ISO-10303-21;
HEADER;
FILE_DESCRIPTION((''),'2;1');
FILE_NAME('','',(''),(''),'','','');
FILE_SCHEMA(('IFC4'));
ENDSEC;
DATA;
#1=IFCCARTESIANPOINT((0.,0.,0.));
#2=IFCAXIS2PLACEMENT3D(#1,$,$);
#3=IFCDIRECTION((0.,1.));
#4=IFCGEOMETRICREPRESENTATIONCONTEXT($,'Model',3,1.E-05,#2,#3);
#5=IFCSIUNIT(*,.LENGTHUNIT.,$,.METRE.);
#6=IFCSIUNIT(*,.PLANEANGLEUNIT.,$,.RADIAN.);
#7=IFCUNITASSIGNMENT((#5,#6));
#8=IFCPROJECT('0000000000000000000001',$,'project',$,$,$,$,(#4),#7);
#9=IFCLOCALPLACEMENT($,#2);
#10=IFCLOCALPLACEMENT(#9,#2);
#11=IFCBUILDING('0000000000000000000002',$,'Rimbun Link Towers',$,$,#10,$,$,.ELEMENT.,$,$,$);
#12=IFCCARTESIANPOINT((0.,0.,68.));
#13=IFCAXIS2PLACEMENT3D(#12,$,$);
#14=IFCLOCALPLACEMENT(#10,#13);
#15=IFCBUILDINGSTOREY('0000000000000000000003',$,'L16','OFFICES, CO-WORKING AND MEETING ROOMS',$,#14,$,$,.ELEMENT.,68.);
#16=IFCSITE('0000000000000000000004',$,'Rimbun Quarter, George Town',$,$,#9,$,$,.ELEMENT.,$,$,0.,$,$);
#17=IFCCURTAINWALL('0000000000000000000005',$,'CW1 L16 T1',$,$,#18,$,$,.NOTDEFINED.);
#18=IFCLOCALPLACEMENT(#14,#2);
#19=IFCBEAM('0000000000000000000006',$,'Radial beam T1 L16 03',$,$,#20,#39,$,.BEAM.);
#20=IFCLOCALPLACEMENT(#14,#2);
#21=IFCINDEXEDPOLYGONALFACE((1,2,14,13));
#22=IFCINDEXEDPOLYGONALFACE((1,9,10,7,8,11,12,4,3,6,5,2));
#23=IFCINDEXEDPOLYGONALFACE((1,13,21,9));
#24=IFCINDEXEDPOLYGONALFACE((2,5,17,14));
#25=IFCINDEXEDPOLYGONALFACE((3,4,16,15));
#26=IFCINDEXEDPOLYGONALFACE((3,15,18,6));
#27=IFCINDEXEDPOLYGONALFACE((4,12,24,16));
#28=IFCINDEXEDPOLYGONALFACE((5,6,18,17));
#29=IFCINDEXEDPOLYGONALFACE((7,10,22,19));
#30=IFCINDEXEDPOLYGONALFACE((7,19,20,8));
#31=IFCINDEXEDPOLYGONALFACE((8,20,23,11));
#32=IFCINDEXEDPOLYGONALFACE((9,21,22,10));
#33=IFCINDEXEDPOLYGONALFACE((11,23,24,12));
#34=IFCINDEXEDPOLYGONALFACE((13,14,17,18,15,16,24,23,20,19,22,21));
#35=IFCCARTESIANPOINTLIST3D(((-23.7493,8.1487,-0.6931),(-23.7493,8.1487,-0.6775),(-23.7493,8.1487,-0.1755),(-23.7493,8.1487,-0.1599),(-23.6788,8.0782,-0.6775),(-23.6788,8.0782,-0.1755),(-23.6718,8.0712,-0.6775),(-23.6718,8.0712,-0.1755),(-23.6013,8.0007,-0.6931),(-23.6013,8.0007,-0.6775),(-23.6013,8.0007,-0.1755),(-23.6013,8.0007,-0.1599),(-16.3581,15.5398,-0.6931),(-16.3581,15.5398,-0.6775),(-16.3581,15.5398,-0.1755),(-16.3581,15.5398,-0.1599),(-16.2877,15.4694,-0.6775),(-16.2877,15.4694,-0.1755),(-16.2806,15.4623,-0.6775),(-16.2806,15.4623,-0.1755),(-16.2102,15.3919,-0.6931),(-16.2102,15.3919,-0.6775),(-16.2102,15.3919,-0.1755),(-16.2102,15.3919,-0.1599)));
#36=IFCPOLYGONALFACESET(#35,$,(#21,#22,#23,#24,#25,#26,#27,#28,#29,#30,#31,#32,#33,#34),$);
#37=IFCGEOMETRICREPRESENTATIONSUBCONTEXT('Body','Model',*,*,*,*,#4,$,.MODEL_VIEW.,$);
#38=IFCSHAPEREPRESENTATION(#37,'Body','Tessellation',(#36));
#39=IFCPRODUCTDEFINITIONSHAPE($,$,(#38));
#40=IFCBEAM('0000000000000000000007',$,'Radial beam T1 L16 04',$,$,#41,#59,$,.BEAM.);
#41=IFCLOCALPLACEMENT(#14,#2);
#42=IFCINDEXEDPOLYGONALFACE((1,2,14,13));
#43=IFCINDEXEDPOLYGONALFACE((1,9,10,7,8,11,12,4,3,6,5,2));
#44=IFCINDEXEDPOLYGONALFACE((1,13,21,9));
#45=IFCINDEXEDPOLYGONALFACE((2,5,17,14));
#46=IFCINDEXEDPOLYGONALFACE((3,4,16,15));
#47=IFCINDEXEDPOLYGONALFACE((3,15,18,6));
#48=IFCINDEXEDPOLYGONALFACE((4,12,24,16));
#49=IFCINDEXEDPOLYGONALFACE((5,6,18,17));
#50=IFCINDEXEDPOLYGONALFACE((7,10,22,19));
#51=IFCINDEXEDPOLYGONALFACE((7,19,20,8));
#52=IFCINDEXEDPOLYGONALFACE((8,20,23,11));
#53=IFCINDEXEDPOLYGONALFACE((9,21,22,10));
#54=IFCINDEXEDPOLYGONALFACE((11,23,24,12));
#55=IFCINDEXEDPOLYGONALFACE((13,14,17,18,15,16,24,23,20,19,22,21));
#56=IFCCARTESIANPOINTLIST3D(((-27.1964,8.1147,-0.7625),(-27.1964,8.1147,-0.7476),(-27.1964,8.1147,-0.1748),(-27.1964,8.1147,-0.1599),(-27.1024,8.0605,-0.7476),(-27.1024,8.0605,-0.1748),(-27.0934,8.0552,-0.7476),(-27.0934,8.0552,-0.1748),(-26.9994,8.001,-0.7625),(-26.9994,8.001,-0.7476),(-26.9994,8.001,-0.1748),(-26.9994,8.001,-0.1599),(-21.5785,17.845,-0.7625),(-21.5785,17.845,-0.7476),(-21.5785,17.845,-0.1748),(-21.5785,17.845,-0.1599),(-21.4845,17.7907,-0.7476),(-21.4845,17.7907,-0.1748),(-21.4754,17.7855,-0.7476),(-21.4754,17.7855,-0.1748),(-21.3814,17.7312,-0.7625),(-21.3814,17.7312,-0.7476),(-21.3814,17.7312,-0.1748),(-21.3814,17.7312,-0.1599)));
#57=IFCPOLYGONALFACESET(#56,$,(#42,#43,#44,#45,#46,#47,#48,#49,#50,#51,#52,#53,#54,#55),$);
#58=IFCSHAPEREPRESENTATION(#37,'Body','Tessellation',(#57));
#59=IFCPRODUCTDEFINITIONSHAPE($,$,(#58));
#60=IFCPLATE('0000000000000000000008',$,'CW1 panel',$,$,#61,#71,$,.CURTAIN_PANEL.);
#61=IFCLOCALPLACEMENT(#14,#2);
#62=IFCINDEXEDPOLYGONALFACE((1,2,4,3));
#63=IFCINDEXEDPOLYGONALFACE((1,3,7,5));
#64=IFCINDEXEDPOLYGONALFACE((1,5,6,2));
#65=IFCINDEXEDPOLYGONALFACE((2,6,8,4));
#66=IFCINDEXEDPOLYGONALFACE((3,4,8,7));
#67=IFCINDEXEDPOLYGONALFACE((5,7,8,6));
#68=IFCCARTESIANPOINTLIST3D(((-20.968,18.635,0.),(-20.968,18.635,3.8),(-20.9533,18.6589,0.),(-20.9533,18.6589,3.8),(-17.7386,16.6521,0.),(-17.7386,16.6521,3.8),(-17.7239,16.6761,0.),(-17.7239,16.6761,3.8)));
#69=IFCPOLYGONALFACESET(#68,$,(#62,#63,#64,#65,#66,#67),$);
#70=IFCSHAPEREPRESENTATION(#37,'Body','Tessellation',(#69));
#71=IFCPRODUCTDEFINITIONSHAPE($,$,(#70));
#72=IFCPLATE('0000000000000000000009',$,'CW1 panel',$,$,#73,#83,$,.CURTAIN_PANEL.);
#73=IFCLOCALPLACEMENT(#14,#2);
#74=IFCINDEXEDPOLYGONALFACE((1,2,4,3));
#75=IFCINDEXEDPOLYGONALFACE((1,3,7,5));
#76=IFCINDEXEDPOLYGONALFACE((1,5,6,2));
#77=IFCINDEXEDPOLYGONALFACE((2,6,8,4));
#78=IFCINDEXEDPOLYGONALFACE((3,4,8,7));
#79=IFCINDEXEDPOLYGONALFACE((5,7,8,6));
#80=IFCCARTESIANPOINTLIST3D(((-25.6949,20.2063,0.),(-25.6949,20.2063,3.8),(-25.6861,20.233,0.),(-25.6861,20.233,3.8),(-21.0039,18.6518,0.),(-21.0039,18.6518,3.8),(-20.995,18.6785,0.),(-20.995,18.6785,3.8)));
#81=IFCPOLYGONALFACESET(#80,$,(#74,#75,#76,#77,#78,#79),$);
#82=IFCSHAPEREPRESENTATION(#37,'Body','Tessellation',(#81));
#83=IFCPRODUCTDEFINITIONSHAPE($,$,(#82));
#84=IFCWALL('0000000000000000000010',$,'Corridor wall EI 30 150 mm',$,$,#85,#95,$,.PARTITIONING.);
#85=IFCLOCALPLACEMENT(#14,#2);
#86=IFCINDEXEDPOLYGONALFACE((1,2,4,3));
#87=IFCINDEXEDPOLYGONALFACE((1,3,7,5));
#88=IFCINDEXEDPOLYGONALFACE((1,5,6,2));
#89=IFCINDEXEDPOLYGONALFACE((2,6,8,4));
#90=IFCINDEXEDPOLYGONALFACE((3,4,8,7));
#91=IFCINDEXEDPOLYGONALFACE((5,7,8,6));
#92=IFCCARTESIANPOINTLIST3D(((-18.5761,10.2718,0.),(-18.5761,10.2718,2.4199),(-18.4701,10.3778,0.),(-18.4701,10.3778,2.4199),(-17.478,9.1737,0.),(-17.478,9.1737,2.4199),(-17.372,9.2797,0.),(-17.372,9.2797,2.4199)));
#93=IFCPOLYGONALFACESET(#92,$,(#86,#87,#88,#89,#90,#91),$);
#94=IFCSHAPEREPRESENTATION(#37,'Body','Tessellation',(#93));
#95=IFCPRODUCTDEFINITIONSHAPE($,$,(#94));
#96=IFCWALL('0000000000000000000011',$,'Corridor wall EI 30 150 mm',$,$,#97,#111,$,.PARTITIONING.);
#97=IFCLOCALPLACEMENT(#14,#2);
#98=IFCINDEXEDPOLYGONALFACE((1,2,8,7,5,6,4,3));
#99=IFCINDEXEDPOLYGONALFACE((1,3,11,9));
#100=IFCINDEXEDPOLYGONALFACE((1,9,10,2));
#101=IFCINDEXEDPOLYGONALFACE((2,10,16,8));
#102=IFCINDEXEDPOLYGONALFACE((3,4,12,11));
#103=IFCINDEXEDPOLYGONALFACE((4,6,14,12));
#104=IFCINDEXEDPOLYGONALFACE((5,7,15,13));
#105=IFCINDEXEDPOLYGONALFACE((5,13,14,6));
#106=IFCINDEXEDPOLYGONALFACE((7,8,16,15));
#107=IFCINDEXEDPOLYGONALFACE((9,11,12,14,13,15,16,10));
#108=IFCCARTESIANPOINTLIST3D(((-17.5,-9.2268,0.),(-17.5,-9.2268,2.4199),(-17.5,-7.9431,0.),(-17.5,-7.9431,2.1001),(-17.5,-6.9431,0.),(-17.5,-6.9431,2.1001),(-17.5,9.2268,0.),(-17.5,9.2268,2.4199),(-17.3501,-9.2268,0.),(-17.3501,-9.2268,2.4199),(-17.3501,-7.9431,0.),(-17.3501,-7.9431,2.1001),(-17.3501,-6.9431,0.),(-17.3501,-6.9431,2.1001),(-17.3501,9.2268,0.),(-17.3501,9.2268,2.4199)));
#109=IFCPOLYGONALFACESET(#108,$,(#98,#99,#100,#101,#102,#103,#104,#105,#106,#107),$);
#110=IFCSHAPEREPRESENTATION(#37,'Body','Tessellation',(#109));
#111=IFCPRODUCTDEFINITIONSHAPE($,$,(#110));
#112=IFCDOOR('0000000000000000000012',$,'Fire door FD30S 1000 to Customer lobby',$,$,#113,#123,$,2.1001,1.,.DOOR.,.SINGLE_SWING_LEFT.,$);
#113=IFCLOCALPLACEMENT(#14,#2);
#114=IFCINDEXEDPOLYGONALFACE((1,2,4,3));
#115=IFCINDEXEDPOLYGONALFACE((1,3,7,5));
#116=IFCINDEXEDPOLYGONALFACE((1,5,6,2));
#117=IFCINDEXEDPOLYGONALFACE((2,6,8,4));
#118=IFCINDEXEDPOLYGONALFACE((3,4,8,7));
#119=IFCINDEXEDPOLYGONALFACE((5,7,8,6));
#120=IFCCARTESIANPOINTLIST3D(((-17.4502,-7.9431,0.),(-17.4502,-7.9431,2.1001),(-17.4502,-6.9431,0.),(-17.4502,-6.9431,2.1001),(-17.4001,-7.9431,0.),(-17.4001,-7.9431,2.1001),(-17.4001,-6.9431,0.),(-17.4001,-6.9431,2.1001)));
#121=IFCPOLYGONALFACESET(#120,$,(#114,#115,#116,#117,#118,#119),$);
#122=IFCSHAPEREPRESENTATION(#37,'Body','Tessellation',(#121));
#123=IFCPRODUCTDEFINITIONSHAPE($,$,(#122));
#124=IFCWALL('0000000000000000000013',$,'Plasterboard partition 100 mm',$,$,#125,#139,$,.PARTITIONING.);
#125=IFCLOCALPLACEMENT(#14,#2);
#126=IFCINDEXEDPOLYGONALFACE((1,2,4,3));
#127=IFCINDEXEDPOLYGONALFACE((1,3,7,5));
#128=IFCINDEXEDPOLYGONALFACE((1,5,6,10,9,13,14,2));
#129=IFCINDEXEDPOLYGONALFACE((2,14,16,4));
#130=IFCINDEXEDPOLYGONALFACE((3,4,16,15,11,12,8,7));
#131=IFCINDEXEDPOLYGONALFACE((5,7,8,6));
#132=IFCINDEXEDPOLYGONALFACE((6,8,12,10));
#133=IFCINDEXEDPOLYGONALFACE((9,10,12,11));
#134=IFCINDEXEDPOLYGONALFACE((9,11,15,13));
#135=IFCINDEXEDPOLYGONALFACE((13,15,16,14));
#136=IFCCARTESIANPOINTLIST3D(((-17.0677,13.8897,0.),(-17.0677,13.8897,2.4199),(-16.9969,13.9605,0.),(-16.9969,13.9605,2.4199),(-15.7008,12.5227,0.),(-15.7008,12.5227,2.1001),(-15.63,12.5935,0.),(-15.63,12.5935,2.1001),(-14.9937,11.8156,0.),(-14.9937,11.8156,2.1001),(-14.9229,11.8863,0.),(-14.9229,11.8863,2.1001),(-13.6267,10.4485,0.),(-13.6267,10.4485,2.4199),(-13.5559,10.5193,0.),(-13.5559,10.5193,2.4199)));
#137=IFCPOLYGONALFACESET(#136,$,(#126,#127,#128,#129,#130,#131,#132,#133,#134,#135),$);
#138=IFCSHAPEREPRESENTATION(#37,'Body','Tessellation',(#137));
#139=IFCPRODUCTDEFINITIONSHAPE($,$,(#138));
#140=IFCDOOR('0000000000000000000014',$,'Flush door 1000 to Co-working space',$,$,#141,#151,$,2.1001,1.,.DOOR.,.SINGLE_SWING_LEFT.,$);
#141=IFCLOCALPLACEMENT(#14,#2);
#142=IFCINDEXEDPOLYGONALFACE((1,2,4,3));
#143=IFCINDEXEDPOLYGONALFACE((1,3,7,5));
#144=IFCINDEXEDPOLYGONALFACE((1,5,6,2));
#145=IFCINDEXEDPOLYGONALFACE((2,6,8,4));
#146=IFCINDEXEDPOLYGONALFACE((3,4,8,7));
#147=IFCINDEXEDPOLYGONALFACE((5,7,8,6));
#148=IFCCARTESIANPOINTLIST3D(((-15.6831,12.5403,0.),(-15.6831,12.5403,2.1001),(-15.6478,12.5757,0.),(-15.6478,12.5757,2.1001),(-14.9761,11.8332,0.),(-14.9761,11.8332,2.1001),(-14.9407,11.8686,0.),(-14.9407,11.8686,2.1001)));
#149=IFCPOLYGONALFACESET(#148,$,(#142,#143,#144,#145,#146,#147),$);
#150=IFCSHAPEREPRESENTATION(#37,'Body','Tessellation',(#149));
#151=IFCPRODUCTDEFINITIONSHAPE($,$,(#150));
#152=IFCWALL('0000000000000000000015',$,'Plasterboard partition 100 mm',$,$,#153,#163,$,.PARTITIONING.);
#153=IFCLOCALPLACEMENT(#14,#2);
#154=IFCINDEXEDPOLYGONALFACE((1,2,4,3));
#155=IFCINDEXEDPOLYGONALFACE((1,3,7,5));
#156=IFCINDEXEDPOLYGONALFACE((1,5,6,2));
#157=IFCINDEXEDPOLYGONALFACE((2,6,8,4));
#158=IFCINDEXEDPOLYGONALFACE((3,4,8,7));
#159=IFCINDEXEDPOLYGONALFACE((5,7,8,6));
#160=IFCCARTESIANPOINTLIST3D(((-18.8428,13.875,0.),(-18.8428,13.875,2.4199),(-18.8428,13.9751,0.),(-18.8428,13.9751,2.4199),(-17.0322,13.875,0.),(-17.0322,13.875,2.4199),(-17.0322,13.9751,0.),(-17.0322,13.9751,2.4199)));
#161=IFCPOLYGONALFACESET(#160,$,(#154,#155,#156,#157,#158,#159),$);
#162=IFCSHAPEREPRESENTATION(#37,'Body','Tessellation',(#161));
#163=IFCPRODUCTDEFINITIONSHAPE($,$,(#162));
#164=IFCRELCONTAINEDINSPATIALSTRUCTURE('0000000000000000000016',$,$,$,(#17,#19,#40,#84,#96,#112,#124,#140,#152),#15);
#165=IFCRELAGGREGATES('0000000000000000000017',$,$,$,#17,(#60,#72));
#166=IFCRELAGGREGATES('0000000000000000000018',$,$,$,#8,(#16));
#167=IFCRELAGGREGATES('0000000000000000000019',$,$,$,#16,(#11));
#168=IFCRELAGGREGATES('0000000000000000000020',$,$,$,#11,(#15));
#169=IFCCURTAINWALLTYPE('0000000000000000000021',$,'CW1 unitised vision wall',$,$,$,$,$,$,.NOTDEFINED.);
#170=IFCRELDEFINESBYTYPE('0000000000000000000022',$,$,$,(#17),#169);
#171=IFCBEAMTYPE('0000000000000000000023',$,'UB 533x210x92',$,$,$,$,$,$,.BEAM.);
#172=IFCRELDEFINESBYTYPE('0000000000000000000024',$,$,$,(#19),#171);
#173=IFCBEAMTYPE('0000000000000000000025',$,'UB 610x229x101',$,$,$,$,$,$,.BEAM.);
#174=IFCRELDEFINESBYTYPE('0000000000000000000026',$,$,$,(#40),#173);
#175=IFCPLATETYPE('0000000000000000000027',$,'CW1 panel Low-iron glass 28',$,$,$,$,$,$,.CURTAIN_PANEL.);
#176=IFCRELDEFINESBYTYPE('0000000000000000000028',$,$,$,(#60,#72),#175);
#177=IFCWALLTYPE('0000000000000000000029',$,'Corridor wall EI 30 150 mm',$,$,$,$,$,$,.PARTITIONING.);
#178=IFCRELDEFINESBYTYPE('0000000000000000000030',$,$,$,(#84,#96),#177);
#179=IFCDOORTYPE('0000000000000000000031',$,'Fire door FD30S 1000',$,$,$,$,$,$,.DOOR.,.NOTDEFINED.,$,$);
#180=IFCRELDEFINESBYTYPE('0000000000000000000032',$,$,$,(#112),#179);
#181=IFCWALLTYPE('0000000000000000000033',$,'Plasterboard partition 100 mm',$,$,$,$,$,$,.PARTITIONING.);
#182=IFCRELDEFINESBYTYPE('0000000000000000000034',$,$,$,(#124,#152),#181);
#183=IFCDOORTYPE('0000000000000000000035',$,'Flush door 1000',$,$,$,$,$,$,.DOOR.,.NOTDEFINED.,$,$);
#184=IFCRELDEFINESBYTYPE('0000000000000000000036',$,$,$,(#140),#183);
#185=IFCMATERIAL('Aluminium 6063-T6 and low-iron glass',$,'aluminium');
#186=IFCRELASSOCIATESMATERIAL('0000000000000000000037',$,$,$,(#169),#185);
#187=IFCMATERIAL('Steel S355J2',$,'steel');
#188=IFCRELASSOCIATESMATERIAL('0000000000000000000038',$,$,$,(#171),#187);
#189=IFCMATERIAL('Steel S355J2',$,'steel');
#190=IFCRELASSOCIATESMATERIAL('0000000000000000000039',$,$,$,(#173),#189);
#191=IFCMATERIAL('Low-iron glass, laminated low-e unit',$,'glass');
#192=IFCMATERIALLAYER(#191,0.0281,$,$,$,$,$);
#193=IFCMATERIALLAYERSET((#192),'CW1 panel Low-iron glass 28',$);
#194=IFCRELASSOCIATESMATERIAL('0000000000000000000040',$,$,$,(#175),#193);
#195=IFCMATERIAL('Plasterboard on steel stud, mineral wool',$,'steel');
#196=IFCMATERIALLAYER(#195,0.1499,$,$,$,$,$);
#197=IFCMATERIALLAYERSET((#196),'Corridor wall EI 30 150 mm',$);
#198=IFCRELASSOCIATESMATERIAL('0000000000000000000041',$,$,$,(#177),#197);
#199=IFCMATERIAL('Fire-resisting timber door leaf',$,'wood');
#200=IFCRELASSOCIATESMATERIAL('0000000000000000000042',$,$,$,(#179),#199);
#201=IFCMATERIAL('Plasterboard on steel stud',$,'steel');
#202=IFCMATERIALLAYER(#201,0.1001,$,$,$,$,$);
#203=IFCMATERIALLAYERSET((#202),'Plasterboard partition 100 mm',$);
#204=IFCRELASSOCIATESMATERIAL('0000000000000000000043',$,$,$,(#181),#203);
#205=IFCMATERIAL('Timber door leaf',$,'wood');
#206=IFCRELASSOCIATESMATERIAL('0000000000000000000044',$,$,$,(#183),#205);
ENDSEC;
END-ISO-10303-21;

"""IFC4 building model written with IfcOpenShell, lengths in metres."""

from ifc_helpers import new_model, si_unit, direction, frame, frame_2d, origin, origin_2d, place, context, subcontext, project, spatial, rectangle, i_section, extrude, material, layer, layer_set, material_profile, profile_set, type_object, element, fill, aggregate, save


model = new_model("IFC4")

# Units and contexts
model_context = context("Model", 3, precision=1e-05, world=origin(), true_north=direction((0.0, 1.0)))
body_context = subcontext(model_context, "Body", "Model", "MODEL_VIEW")
ifc_project = project(units=[si_unit("LENGTHUNIT", "METRE"), si_unit("PLANEANGLEUNIT", "RADIAN")], contexts=[model_context])

# Site, building, storey
site_placement = place(None, origin())
site = spatial("IfcSite", under=ifc_project, at=site_placement, Name="Rimbun Quarter, George Town", CompositionType="ELEMENT", RefElevation=0.0)
building_placement = place(site_placement, origin())
building = spatial("IfcBuilding", under=site, at=building_placement, Name="Rimbun Link Towers", CompositionType="ELEMENT")
storey_placement = place(building_placement, frame((0.0, 0.0, 68.0)))
storey = spatial("IfcBuildingStorey", under=building, at=storey_placement, Name="L16", Description="OFFICES, CO-WORKING AND MEETING ROOMS", CompositionType="ELEMENT", Elevation=68.0)

# Curtain wall
ifc_material_1 = material(Name="Aluminium 6063-T6 and low-iron glass", Category="aluminium")
curtain_wall_type = type_object("IfcCurtainWallType", Name="CW1 unitised vision wall", PredefinedType="NOTDEFINED", material=ifc_material_1)
curtain_wall_placement = place(storey_placement, origin())
curtain_wall = element("IfcCurtainWall", 1, at=curtain_wall_placement, inside=storey, type_object=curtain_wall_type, Name="CW1 L16 T1", PredefinedType="NOTDEFINED")

# Beams
ifc_material_2 = material(Name="Steel S355J2", Category="steel")
ifc_material_profile_1 = material_profile(ifc_material_2, i_section(OverallWidth=0.2092, OverallDepth=0.5332, WebThickness=0.01, FlangeThickness=0.0156, at=origin_2d()), Name="UB 533x210x92")
ifc_profile_set_1 = profile_set([ifc_material_profile_1], Name="Steel S355J2")
beam_type_1 = type_object("IfcBeamType", Name="UB 533x210x92", PredefinedType="BEAM", material=ifc_profile_set_1)
beam_1_placement = place(storey_placement, frame((-23.6753, 8.0747, -0.4265), z_axis=(0.707107, 0.707107, 0.0), x_axis=(-0.707107, 0.707107, 0.0)))
element("IfcBeam", 2, at=beam_1_placement, inside=storey, type_object=beam_type_1, Name="Radial beam T1 L16 03", PredefinedType="BEAM", context=body_context, shape_type="SweptSolid", body=[
    extrude(i_section(OverallWidth=0.2092, OverallDepth=0.5332, WebThickness=0.01, FlangeThickness=0.0156, at=origin_2d()), origin(), (0.0, 0.0, 1.0), 10.4526),
])
ifc_material_3 = material(Name="Steel S355J2", Category="steel")
ifc_material_profile_2 = material_profile(ifc_material_3, i_section(OverallWidth=0.2275, OverallDepth=0.6025, WebThickness=0.0105, FlangeThickness=0.0149, at=origin_2d()), Name="UB 610x229x101")
ifc_profile_set_2 = profile_set([ifc_material_profile_2], Name="Steel S355J2")
beam_type_2 = type_object("IfcBeamType", Name="UB 610x229x101", PredefinedType="BEAM", material=ifc_profile_set_2)
beam_2_placement = place(storey_placement, frame((-27.0979, 8.0579, -0.4612), z_axis=(0.500011, 0.866019, 0.0), x_axis=(-0.866019, 0.500011, 0.0)))
element("IfcBeam", 3, at=beam_2_placement, inside=storey, type_object=beam_type_2, Name="Radial beam T1 L16 04", PredefinedType="BEAM", context=body_context, shape_type="SweptSolid", body=[
    extrude(i_section(OverallWidth=0.2275, OverallDepth=0.6025, WebThickness=0.0105, FlangeThickness=0.0149, at=origin_2d()), origin(), (0.0, 0.0, 1.0), 11.2356),
])

# Plates
ifc_material_4 = material(Name="Low-iron glass, laminated low-e unit", Category="glass")
ifc_layer_1 = layer(ifc_material_4, 0.0281)
ifc_layer_set_1 = layer_set([ifc_layer_1], Name="CW1 panel Low-iron glass 28")
plate_type = type_object("IfcPlateType", Name="CW1 panel Low-iron glass 28", PredefinedType="CURTAIN_PANEL", material=ifc_layer_set_1)
plate_1_placement = place(storey_placement, frame((-19.3459, 17.6555, 0.0), z_axis=(0.0, 0.0, 1.0), x_axis=(0.852186, -0.523239, 0.0)))
plate_1 = element("IfcPlate", 4, at=plate_1_placement, type_object=plate_type, Name="CW1 panel", PredefinedType="CURTAIN_PANEL", context=body_context, shape_type="SweptSolid", body=[
    extrude(rectangle(XDim=3.7896, YDim=0.0281, at=origin_2d()), origin(), (0.0, 0.0, 1.0), 3.8),
])
plate_2_placement = place(storey_placement, frame((-23.345, 19.4424, 0.0), z_axis=(0.0, 0.0, 1.0), x_axis=(0.949239, -0.314556, 0.0)))
plate_2 = element("IfcPlate", 5, at=plate_2_placement, type_object=plate_type, Name="CW1 panel", PredefinedType="CURTAIN_PANEL", context=body_context, shape_type="SweptSolid", body=[
    extrude(rectangle(XDim=4.9419, YDim=0.0281, at=origin_2d()), origin(), (0.0, 0.0, 1.0), 3.8),
])
aggregate(curtain_wall, [plate_1, plate_2])

# Wall
ifc_material_5 = material(Name="Plasterboard on steel stud, mineral wool", Category="steel")
ifc_layer_2 = layer(ifc_material_5, 0.1499)
ifc_layer_set_2 = layer_set([ifc_layer_2], Name="Corridor wall EI 30 150 mm")
wall_type_1 = type_object("IfcWallType", Name="Corridor wall EI 30 150 mm", PredefinedType="PARTITIONING", material=ifc_layer_set_2)
wall_1_placement = place(storey_placement, frame((-17.425, 9.2268, 0.0), z_axis=(0.0, 0.0, 1.0), x_axis=(-0.707107, 0.707107, 0.0)))
element("IfcWall", 6, at=wall_1_placement, inside=storey, type_object=wall_type_1, Name="Corridor wall EI 30 150 mm", PredefinedType="PARTITIONING", context=body_context, shape_type="SweptSolid", body=[
    extrude(rectangle(XDim=1.553, YDim=0.1499, at=frame_2d((0.7764, 0.0))), origin(), (0.0, 0.0, 1.0), 2.4199),
])

# Walls, openings, doors
wall_2_placement = place(storey_placement, frame((-17.425, 9.2268, 0.0), z_axis=(0.0, 0.0, 1.0), x_axis=(0.0, -1.0, 0.0)))
wall_2 = element("IfcWall", 7, at=wall_2_placement, inside=storey, type_object=wall_type_1, Name="Corridor wall EI 30 150 mm", PredefinedType="PARTITIONING", context=body_context, shape_type="SweptSolid", body=[
    extrude(rectangle(XDim=18.4536, YDim=0.1499, at=frame_2d((9.2268, 0.0))), origin(), (0.0, 0.0, 1.0), 2.4199),
])
opening_1_placement = place(wall_2_placement, frame((16.1699, 0.0, 0.0)))
opening_1 = element("IfcOpeningElement", 8, at=opening_1_placement, cuts=wall_2, PredefinedType="OPENING", context=body_context, shape_type="SweptSolid", body=[
    extrude(rectangle(XDim=1.0, YDim=2.1001, at=frame_2d((0.5, 1.05))), frame((0.0, 0.085, 0.0), z_axis=(0.0, -1.0, 0.0), x_axis=(1.0, 0.0, 0.0)), (0.0, 0.0, 1.0), 0.1699),
])
ifc_material_6 = material(Name="Fire-resisting timber door leaf", Category="wood")
door_type_1 = type_object("IfcDoorType", Name="Fire door FD30S 1000", OperationType="NOTDEFINED", PredefinedType="DOOR", material=ifc_material_6)
door_1_placement = place(opening_1_placement, origin())
door_1 = element("IfcDoor", 9, at=door_1_placement, inside=storey, type_object=door_type_1, Name="Fire door FD30S 1000 to Customer lobby", OperationType="SINGLE_SWING_LEFT", OverallHeight=2.1001, OverallWidth=1.0, PredefinedType="DOOR", context=body_context, shape_type="SweptSolid", body=[
    extrude(rectangle(XDim=1.0, YDim=2.1001, at=frame_2d((0.5, 1.05))), frame((0.0, 0.0249, 0.0), z_axis=(0.0, -1.0, 0.0), x_axis=(1.0, 0.0, 0.0)), (0.0, 0.0, 1.0), 0.05),
])
fill(opening_1, door_1)
ifc_material_7 = material(Name="Plasterboard on steel stud", Category="steel")
ifc_layer_3 = layer(ifc_material_7, 0.1001)
ifc_layer_set_3 = layer_set([ifc_layer_3], Name="Plasterboard partition 100 mm")
wall_type_2 = type_object("IfcWallType", Name="Plasterboard partition 100 mm", PredefinedType="PARTITIONING", material=ifc_layer_set_3)
wall_3_placement = place(storey_placement, frame((-17.0322, 13.925, 0.0), z_axis=(0.0, 0.0, 1.0), x_axis=(0.707082, -0.707132, 0.0)))
wall_3 = element("IfcWall", 10, at=wall_3_placement, inside=storey, type_object=wall_type_2, Name="Plasterboard partition 100 mm", PredefinedType="PARTITIONING", context=body_context, shape_type="SweptSolid", body=[
    extrude(rectangle(XDim=4.8665, YDim=0.1001, at=frame_2d((2.4331, 0.0))), origin(), (0.0, 0.0, 1.0), 2.4199),
])
opening_2_placement = place(wall_3_placement, frame((1.9331, 0.0, 0.0)))
opening_2 = element("IfcOpeningElement", 11, at=opening_2_placement, cuts=wall_3, PredefinedType="OPENING", context=body_context, shape_type="SweptSolid", body=[
    extrude(rectangle(XDim=1.0, YDim=2.1001, at=frame_2d((0.5, 1.05))), frame((0.0, 0.0601, 0.0), z_axis=(0.0, -1.0, 0.0), x_axis=(1.0, 0.0, 0.0)), (0.0, 0.0, 1.0), 0.1201),
])
ifc_material_8 = material(Name="Timber door leaf", Category="wood")
door_type_2 = type_object("IfcDoorType", Name="Flush door 1000", OperationType="NOTDEFINED", PredefinedType="DOOR", material=ifc_material_8)
door_2_placement = place(opening_2_placement, origin())
door_2 = element("IfcDoor", 12, at=door_2_placement, inside=storey, type_object=door_type_2, Name="Flush door 1000 to Co-working space", OperationType="SINGLE_SWING_LEFT", OverallHeight=2.1001, OverallWidth=1.0, PredefinedType="DOOR", context=body_context, shape_type="SweptSolid", body=[
    extrude(rectangle(XDim=1.0, YDim=2.1001, at=frame_2d((0.5, 1.05))), frame((0.0, 0.0249, 0.0), z_axis=(0.0, -1.0, 0.0), x_axis=(1.0, 0.0, 0.0)), (0.0, 0.0, 1.0), 0.05),
])
fill(opening_2, door_2)

# Wall
wall_4_placement = place(storey_placement, frame((-17.0322, 13.925, 0.0), z_axis=(0.0, 0.0, 1.0), x_axis=(-1.0, 0.0, 0.0)))
element("IfcWall", 13, at=wall_4_placement, inside=storey, type_object=wall_type_2, Name="Plasterboard partition 100 mm", PredefinedType="PARTITIONING", context=body_context, shape_type="SweptSolid", body=[
    extrude(rectangle(XDim=1.8105, YDim=0.1001, at=frame_2d((0.9053, 0.0))), origin(), (0.0, 0.0, 1.0), 2.4199),
])

save(model, "model.ifc")
